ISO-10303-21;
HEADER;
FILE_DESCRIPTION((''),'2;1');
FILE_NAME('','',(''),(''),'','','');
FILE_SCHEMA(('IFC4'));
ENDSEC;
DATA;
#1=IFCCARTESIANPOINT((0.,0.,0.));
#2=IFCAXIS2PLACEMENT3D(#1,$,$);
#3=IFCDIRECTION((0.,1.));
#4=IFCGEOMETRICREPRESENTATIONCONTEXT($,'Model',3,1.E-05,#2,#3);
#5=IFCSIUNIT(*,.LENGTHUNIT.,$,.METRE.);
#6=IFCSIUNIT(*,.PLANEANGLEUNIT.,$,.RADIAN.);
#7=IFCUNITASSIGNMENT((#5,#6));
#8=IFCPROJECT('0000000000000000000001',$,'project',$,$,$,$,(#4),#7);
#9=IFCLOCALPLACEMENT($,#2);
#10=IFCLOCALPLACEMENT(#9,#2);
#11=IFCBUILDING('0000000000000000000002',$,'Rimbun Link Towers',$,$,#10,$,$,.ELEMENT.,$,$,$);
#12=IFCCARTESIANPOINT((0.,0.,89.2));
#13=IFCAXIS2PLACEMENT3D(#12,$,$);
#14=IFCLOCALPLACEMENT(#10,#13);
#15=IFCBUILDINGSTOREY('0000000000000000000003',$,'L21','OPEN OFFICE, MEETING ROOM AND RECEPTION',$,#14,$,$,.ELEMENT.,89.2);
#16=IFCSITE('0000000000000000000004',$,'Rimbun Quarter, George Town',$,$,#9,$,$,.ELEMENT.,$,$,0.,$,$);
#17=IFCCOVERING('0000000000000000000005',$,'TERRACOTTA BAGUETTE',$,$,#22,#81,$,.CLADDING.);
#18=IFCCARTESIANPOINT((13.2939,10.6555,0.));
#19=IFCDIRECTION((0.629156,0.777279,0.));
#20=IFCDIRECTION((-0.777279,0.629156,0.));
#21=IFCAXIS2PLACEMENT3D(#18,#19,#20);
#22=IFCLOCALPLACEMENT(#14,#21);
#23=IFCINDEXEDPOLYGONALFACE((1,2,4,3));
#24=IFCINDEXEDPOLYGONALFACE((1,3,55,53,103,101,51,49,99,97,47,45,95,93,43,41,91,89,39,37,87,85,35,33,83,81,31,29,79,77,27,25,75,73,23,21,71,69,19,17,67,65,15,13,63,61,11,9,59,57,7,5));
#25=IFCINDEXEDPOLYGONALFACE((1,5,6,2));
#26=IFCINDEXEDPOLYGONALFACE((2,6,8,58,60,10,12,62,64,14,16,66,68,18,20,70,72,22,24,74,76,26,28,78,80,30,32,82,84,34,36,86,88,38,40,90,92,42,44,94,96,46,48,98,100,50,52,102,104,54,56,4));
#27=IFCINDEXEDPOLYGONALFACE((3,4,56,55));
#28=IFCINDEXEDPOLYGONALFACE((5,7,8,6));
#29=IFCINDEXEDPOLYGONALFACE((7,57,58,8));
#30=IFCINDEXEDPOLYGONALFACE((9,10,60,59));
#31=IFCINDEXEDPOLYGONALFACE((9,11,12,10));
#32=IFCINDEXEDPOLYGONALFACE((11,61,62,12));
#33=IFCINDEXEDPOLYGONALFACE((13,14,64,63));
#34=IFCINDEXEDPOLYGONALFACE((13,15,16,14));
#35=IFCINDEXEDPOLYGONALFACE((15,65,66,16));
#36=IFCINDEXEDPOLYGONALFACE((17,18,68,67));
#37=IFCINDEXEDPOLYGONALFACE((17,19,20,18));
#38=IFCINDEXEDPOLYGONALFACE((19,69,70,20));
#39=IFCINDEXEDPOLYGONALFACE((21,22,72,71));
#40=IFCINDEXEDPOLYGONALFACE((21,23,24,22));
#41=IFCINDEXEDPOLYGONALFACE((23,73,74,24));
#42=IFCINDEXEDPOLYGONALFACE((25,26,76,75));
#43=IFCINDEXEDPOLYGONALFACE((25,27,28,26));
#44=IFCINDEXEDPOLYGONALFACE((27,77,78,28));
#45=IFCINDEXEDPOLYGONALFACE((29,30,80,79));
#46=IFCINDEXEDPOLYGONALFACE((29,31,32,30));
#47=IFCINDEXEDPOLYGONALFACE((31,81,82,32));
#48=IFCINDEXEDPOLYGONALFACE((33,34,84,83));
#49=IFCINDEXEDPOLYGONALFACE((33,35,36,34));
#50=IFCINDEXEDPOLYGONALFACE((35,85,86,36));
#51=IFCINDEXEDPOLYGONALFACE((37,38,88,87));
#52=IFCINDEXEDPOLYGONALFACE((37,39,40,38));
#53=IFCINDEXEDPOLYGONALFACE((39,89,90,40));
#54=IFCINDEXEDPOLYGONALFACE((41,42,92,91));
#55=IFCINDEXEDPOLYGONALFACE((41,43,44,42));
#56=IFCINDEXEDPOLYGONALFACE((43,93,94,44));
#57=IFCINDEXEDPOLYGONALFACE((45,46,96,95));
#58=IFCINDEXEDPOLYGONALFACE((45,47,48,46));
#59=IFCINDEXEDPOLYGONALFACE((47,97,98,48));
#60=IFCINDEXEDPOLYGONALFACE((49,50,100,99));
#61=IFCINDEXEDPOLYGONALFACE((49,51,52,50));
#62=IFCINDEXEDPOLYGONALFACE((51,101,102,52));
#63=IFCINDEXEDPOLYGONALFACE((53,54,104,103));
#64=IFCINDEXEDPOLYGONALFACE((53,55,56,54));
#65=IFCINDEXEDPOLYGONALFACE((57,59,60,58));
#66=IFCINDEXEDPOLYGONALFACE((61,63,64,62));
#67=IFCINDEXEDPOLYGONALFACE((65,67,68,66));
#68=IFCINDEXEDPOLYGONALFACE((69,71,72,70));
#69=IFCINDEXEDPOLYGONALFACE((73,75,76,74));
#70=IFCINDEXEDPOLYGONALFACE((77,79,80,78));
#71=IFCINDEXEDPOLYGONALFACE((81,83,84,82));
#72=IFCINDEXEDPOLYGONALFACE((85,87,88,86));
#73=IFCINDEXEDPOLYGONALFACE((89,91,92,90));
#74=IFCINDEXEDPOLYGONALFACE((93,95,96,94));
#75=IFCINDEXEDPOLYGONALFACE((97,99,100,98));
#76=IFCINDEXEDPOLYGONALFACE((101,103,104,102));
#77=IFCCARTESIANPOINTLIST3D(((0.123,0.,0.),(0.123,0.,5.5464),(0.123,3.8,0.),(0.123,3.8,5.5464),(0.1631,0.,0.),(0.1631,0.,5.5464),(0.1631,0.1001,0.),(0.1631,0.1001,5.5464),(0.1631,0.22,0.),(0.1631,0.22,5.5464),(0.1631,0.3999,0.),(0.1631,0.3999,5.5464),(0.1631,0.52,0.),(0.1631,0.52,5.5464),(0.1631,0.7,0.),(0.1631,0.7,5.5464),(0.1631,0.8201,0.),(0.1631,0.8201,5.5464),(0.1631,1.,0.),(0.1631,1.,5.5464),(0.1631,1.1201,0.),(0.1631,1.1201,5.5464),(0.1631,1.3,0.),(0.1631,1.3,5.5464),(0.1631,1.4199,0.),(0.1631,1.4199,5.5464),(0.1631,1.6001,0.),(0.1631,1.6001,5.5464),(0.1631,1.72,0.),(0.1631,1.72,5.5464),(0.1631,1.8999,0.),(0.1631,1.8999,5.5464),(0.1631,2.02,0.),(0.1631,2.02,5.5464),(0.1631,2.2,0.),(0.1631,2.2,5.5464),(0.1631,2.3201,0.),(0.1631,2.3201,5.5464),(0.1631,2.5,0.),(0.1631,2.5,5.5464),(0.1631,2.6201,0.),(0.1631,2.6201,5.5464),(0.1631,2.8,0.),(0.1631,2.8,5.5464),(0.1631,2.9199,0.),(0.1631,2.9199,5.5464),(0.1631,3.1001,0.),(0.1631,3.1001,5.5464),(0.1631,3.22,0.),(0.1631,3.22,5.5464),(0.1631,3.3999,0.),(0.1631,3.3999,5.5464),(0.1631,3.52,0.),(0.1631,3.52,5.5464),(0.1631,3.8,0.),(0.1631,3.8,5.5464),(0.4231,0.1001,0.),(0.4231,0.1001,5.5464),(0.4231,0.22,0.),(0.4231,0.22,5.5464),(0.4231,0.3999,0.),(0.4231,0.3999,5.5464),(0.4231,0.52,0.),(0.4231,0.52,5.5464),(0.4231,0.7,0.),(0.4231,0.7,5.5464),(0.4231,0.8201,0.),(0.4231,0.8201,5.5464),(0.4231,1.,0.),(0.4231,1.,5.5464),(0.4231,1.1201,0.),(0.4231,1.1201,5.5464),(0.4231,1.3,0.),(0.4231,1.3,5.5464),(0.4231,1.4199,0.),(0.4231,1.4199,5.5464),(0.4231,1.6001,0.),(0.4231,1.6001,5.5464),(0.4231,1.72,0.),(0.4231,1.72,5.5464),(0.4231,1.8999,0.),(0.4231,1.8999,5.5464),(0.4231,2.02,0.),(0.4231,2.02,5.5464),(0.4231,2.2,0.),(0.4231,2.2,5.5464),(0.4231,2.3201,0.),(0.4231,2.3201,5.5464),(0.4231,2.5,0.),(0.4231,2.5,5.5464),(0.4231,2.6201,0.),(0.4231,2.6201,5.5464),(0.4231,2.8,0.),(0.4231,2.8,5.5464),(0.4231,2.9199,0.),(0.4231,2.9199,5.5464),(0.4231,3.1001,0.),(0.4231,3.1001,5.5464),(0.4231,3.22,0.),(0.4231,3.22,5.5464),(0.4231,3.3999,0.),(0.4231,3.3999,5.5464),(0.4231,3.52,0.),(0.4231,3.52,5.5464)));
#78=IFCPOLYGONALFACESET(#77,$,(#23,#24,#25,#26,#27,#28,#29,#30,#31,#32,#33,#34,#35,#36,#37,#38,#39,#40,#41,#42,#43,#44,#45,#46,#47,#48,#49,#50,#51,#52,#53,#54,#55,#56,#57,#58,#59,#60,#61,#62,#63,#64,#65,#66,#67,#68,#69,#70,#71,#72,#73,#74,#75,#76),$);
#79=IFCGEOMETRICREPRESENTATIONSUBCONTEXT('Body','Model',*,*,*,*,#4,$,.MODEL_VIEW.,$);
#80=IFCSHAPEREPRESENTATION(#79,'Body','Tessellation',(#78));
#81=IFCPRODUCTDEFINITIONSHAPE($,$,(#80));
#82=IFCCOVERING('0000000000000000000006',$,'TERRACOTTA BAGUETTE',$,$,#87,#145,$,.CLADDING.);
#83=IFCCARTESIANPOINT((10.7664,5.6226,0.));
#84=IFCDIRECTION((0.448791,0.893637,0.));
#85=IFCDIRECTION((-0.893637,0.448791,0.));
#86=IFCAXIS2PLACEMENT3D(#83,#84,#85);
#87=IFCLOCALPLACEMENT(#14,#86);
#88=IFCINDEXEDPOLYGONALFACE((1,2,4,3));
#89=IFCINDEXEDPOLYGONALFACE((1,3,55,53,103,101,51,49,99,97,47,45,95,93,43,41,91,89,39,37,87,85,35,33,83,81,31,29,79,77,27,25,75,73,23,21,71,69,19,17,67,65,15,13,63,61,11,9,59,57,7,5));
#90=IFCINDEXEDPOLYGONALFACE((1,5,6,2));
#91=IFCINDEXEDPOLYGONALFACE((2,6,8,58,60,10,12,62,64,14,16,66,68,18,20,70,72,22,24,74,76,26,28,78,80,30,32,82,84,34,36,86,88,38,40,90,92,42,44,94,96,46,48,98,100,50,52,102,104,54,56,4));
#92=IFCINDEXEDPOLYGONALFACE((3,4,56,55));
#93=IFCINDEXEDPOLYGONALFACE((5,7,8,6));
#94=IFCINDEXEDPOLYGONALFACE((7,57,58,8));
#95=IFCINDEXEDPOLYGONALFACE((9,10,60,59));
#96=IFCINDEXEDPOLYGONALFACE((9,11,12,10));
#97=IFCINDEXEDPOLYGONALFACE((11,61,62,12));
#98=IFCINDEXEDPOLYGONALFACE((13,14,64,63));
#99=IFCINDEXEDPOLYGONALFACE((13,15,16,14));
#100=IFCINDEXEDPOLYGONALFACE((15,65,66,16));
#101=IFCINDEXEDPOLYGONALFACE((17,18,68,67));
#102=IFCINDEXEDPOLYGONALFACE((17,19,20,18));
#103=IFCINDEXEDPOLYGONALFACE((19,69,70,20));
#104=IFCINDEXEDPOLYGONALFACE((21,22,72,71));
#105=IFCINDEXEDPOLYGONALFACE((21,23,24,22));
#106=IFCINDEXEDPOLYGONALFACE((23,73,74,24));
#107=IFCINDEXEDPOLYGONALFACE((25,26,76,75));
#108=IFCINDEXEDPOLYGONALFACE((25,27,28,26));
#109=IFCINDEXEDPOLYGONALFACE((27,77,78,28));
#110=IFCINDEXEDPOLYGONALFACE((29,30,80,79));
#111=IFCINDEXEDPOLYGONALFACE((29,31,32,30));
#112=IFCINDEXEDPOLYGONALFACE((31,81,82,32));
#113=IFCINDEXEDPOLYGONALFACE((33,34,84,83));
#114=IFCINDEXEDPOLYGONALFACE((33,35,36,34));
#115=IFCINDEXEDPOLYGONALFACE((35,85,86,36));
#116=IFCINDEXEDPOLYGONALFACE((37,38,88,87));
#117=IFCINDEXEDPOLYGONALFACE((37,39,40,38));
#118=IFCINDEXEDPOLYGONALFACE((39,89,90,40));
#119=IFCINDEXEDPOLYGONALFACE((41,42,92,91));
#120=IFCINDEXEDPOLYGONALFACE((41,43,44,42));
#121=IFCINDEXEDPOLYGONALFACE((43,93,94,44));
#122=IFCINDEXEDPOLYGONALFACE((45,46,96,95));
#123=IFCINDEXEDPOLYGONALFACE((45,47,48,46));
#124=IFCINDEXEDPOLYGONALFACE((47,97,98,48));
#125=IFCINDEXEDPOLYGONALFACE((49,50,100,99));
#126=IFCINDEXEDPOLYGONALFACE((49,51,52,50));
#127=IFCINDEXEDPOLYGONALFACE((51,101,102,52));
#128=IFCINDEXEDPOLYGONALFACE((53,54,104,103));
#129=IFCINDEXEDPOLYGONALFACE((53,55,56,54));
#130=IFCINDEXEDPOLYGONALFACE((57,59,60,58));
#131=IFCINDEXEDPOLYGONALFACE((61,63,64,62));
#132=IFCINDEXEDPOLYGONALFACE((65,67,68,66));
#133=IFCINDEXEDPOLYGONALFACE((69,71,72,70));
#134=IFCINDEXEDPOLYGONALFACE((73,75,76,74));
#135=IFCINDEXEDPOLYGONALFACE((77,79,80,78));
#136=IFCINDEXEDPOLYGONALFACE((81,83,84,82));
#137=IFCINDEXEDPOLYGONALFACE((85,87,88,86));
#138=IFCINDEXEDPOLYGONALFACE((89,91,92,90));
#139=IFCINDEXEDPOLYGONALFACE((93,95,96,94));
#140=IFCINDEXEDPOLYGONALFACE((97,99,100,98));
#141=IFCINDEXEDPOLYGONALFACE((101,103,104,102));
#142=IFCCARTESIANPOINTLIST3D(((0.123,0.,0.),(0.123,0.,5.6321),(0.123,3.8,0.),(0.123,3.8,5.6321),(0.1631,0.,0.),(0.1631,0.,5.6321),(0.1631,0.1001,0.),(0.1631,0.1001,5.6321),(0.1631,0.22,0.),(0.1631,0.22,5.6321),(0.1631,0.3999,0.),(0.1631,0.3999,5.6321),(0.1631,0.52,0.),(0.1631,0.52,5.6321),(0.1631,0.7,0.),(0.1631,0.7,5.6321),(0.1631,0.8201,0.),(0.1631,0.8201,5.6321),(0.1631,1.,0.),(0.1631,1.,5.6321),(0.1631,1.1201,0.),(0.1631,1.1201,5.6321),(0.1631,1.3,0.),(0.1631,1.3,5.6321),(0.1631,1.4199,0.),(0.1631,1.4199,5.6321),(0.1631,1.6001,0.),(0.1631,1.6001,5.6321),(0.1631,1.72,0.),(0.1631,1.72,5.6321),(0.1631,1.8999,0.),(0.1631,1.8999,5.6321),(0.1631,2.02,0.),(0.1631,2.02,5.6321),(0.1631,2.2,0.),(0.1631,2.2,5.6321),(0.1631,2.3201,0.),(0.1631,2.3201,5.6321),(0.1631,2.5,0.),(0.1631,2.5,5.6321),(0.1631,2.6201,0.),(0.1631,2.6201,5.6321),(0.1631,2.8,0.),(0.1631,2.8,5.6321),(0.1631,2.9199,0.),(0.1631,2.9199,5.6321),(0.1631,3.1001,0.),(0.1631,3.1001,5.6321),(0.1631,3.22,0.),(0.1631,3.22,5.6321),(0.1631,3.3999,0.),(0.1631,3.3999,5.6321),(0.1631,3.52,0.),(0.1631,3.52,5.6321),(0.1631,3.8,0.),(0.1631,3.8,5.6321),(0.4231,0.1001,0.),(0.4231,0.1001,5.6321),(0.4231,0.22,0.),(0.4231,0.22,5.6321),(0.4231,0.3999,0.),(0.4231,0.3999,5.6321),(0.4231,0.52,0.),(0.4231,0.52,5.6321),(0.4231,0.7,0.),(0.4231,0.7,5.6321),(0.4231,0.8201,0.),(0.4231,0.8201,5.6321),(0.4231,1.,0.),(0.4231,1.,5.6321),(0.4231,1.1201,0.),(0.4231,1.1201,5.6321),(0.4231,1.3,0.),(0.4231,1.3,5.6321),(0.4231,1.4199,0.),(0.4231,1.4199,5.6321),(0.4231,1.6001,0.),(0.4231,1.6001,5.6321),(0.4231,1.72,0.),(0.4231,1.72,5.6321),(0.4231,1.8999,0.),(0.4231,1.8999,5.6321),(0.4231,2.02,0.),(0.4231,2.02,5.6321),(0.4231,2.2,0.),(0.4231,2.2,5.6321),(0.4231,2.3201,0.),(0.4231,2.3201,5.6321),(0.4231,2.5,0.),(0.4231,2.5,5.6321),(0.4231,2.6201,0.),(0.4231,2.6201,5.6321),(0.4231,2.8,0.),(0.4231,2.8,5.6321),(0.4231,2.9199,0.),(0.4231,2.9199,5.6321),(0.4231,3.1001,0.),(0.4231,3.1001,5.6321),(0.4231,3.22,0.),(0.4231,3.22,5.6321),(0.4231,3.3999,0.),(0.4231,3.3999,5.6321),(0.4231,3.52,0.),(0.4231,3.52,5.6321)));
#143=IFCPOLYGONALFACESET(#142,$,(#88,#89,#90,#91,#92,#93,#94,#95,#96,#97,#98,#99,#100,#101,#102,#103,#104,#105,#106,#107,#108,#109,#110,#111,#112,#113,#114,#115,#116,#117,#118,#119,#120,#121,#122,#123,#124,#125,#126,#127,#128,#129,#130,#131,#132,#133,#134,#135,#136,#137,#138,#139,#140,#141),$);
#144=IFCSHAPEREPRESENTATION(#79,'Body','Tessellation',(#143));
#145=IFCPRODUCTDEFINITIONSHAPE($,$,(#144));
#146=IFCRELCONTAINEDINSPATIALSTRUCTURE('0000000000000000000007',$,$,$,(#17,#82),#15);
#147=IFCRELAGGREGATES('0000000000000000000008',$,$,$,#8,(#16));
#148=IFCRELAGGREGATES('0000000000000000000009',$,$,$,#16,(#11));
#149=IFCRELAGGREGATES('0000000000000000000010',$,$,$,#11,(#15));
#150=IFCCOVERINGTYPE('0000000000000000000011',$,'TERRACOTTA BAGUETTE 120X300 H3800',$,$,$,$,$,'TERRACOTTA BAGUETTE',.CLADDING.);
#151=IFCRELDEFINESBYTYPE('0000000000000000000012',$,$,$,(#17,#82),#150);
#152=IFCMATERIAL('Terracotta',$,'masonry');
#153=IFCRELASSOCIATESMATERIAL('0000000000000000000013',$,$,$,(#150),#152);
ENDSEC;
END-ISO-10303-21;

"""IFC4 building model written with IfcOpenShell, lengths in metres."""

from ifc_helpers import new_model, si_unit, direction, frame, origin, place, context, subcontext, project, spatial, polyline, outline, extrude, material, material_profile, profile_set, type_object, element, save


model = new_model("IFC4")

# Units and contexts
model_context = context("Model", 3, precision=1e-05, world=origin(), true_north=direction((0.0, 1.0)))
body_context = subcontext(model_context, "Body", "Model", "MODEL_VIEW")
ifc_project = project(units=[si_unit("LENGTHUNIT", "METRE"), si_unit("PLANEANGLEUNIT", "RADIAN")], contexts=[model_context])

# Site, building, storey
site_placement = place(None, origin())
site = spatial("IfcSite", under=ifc_project, at=site_placement, Name="Rimbun Quarter, George Town", CompositionType="ELEMENT", RefElevation=0.0)
building_placement = place(site_placement, origin())
building = spatial("IfcBuilding", under=site, at=building_placement, Name="Rimbun Link Towers", CompositionType="ELEMENT")
storey_placement = place(building_placement, frame((0.0, 0.0, 89.2)))
storey = spatial("IfcBuildingStorey", under=building, at=storey_placement, Name="L21", Description="OPEN OFFICE, MEETING ROOM AND RECEPTION", CompositionType="ELEMENT", Elevation=89.2)

# Coverings
ifc_material_1 = material(Name="Terracotta", Category="masonry")
ifc_material_profile_1 = material_profile(ifc_material_1, outline(polyline([(0.123, 0.0), (0.1631, 0.0), (0.1631, 0.1001), (0.4231, 0.1001), (0.4231, 0.22), (0.1631, 0.22), (0.1631, 0.3999), (0.4231, 0.3999), (0.4231, 0.52), (0.1631, 0.52), (0.1631, 0.7), (0.4231, 0.7), (0.4231, 0.8201), (0.1631, 0.8201), (0.1631, 1.0), (0.4231, 1.0), (0.4231, 1.1201), (0.1631, 1.1201), (0.1631, 1.3), (0.4231, 1.3), (0.4231, 1.4199), (0.1631, 1.4199), (0.1631, 1.6001), (0.4231, 1.6001), (0.4231, 1.72), (0.1631, 1.72), (0.1631, 1.8999), (0.4231, 1.8999), (0.4231, 2.02), (0.1631, 2.02), (0.1631, 2.2), (0.4231, 2.2), (0.4231, 2.3201), (0.1631, 2.3201), (0.1631, 2.5), (0.4231, 2.5), (0.4231, 2.6201), (0.1631, 2.6201), (0.1631, 2.8), (0.4231, 2.8), (0.4231, 2.9199), (0.1631, 2.9199), (0.1631, 3.1001), (0.4231, 3.1001), (0.4231, 3.22), (0.1631, 3.22), (0.1631, 3.3999), (0.4231, 3.3999), (0.4231, 3.52), (0.1631, 3.52), (0.1631, 3.8), (0.123, 3.8), (0.123, 0.0)])), Name="BAGUETTE 120X300")
ifc_profile_set_1 = profile_set([ifc_material_profile_1], Name="Terracotta")
covering_type_1 = type_object("IfcCoveringType", Name="TERRACOTTA BAGUETTE 120X300 H3800", ElementType="TERRACOTTA BAGUETTE", PredefinedType="CLADDING", material=ifc_profile_set_1)
covering_1_placement = place(storey_placement, frame((13.2939, 10.6555, 0.0), z_axis=(0.629156, 0.777279, 0.0), x_axis=(-0.777279, 0.629156, 0.0)))
element("IfcCovering", 1, at=covering_1_placement, inside=storey, type_object=covering_type_1, Name="TERRACOTTA BAGUETTE", PredefinedType="CLADDING", context=body_context, shape_type="SweptSolid", body=[
    extrude(outline(polyline([(0.123, 0.0), (0.1631, 0.0), (0.1631, 0.1001), (0.4231, 0.1001), (0.4231, 0.22), (0.1631, 0.22), (0.1631, 0.3999), (0.4231, 0.3999), (0.4231, 0.52), (0.1631, 0.52), (0.1631, 0.7), (0.4231, 0.7), (0.4231, 0.8201), (0.1631, 0.8201), (0.1631, 1.0), (0.4231, 1.0), (0.4231, 1.1201), (0.1631, 1.1201), (0.1631, 1.3), (0.4231, 1.3), (0.4231, 1.4199), (0.1631, 1.4199), (0.1631, 1.6001), (0.4231, 1.6001), (0.4231, 1.72), (0.1631, 1.72), (0.1631, 1.8999), (0.4231, 1.8999), (0.4231, 2.02), (0.1631, 2.02), (0.1631, 2.2), (0.4231, 2.2), (0.4231, 2.3201), (0.1631, 2.3201), (0.1631, 2.5), (0.4231, 2.5), (0.4231, 2.6201), (0.1631, 2.6201), (0.1631, 2.8), (0.4231, 2.8), (0.4231, 2.9199), (0.1631, 2.9199), (0.1631, 3.1001), (0.4231, 3.1001), (0.4231, 3.22), (0.1631, 3.22), (0.1631, 3.3999), (0.4231, 3.3999), (0.4231, 3.52), (0.1631, 3.52), (0.1631, 3.8), (0.123, 3.8), (0.123, 0.0)])), origin(), (0.0, 0.0, 1.0), 5.5464),
])
covering_2_placement = place(storey_placement, frame((10.7664, 5.6226, 0.0), z_axis=(0.448791, 0.893637, 0.0), x_axis=(-0.893637, 0.448791, 0.0)))
element("IfcCovering", 2, at=covering_2_placement, inside=storey, type_object=covering_type_1, Name="TERRACOTTA BAGUETTE", PredefinedType="CLADDING", context=body_context, shape_type="SweptSolid", body=[
    extrude(outline(polyline([(0.123, 0.0), (0.1631, 0.0), (0.1631, 0.1001), (0.4231, 0.1001), (0.4231, 0.22), (0.1631, 0.22), (0.1631, 0.3999), (0.4231, 0.3999), (0.4231, 0.52), (0.1631, 0.52), (0.1631, 0.7), (0.4231, 0.7), (0.4231, 0.8201), (0.1631, 0.8201), (0.1631, 1.0), (0.4231, 1.0), (0.4231, 1.1201), (0.1631, 1.1201), (0.1631, 1.3), (0.4231, 1.3), (0.4231, 1.4199), (0.1631, 1.4199), (0.1631, 1.6001), (0.4231, 1.6001), (0.4231, 1.72), (0.1631, 1.72), (0.1631, 1.8999), (0.4231, 1.8999), (0.4231, 2.02), (0.1631, 2.02), (0.1631, 2.2), (0.4231, 2.2), (0.4231, 2.3201), (0.1631, 2.3201), (0.1631, 2.5), (0.4231, 2.5), (0.4231, 2.6201), (0.1631, 2.6201), (0.1631, 2.8), (0.4231, 2.8), (0.4231, 2.9199), (0.1631, 2.9199), (0.1631, 3.1001), (0.4231, 3.1001), (0.4231, 3.22), (0.1631, 3.22), (0.1631, 3.3999), (0.4231, 3.3999), (0.4231, 3.52), (0.1631, 3.52), (0.1631, 3.8), (0.123, 3.8), (0.123, 0.0)])), origin(), (0.0, 0.0, 1.0), 5.6321),
])

save(model, "model.ifc")
